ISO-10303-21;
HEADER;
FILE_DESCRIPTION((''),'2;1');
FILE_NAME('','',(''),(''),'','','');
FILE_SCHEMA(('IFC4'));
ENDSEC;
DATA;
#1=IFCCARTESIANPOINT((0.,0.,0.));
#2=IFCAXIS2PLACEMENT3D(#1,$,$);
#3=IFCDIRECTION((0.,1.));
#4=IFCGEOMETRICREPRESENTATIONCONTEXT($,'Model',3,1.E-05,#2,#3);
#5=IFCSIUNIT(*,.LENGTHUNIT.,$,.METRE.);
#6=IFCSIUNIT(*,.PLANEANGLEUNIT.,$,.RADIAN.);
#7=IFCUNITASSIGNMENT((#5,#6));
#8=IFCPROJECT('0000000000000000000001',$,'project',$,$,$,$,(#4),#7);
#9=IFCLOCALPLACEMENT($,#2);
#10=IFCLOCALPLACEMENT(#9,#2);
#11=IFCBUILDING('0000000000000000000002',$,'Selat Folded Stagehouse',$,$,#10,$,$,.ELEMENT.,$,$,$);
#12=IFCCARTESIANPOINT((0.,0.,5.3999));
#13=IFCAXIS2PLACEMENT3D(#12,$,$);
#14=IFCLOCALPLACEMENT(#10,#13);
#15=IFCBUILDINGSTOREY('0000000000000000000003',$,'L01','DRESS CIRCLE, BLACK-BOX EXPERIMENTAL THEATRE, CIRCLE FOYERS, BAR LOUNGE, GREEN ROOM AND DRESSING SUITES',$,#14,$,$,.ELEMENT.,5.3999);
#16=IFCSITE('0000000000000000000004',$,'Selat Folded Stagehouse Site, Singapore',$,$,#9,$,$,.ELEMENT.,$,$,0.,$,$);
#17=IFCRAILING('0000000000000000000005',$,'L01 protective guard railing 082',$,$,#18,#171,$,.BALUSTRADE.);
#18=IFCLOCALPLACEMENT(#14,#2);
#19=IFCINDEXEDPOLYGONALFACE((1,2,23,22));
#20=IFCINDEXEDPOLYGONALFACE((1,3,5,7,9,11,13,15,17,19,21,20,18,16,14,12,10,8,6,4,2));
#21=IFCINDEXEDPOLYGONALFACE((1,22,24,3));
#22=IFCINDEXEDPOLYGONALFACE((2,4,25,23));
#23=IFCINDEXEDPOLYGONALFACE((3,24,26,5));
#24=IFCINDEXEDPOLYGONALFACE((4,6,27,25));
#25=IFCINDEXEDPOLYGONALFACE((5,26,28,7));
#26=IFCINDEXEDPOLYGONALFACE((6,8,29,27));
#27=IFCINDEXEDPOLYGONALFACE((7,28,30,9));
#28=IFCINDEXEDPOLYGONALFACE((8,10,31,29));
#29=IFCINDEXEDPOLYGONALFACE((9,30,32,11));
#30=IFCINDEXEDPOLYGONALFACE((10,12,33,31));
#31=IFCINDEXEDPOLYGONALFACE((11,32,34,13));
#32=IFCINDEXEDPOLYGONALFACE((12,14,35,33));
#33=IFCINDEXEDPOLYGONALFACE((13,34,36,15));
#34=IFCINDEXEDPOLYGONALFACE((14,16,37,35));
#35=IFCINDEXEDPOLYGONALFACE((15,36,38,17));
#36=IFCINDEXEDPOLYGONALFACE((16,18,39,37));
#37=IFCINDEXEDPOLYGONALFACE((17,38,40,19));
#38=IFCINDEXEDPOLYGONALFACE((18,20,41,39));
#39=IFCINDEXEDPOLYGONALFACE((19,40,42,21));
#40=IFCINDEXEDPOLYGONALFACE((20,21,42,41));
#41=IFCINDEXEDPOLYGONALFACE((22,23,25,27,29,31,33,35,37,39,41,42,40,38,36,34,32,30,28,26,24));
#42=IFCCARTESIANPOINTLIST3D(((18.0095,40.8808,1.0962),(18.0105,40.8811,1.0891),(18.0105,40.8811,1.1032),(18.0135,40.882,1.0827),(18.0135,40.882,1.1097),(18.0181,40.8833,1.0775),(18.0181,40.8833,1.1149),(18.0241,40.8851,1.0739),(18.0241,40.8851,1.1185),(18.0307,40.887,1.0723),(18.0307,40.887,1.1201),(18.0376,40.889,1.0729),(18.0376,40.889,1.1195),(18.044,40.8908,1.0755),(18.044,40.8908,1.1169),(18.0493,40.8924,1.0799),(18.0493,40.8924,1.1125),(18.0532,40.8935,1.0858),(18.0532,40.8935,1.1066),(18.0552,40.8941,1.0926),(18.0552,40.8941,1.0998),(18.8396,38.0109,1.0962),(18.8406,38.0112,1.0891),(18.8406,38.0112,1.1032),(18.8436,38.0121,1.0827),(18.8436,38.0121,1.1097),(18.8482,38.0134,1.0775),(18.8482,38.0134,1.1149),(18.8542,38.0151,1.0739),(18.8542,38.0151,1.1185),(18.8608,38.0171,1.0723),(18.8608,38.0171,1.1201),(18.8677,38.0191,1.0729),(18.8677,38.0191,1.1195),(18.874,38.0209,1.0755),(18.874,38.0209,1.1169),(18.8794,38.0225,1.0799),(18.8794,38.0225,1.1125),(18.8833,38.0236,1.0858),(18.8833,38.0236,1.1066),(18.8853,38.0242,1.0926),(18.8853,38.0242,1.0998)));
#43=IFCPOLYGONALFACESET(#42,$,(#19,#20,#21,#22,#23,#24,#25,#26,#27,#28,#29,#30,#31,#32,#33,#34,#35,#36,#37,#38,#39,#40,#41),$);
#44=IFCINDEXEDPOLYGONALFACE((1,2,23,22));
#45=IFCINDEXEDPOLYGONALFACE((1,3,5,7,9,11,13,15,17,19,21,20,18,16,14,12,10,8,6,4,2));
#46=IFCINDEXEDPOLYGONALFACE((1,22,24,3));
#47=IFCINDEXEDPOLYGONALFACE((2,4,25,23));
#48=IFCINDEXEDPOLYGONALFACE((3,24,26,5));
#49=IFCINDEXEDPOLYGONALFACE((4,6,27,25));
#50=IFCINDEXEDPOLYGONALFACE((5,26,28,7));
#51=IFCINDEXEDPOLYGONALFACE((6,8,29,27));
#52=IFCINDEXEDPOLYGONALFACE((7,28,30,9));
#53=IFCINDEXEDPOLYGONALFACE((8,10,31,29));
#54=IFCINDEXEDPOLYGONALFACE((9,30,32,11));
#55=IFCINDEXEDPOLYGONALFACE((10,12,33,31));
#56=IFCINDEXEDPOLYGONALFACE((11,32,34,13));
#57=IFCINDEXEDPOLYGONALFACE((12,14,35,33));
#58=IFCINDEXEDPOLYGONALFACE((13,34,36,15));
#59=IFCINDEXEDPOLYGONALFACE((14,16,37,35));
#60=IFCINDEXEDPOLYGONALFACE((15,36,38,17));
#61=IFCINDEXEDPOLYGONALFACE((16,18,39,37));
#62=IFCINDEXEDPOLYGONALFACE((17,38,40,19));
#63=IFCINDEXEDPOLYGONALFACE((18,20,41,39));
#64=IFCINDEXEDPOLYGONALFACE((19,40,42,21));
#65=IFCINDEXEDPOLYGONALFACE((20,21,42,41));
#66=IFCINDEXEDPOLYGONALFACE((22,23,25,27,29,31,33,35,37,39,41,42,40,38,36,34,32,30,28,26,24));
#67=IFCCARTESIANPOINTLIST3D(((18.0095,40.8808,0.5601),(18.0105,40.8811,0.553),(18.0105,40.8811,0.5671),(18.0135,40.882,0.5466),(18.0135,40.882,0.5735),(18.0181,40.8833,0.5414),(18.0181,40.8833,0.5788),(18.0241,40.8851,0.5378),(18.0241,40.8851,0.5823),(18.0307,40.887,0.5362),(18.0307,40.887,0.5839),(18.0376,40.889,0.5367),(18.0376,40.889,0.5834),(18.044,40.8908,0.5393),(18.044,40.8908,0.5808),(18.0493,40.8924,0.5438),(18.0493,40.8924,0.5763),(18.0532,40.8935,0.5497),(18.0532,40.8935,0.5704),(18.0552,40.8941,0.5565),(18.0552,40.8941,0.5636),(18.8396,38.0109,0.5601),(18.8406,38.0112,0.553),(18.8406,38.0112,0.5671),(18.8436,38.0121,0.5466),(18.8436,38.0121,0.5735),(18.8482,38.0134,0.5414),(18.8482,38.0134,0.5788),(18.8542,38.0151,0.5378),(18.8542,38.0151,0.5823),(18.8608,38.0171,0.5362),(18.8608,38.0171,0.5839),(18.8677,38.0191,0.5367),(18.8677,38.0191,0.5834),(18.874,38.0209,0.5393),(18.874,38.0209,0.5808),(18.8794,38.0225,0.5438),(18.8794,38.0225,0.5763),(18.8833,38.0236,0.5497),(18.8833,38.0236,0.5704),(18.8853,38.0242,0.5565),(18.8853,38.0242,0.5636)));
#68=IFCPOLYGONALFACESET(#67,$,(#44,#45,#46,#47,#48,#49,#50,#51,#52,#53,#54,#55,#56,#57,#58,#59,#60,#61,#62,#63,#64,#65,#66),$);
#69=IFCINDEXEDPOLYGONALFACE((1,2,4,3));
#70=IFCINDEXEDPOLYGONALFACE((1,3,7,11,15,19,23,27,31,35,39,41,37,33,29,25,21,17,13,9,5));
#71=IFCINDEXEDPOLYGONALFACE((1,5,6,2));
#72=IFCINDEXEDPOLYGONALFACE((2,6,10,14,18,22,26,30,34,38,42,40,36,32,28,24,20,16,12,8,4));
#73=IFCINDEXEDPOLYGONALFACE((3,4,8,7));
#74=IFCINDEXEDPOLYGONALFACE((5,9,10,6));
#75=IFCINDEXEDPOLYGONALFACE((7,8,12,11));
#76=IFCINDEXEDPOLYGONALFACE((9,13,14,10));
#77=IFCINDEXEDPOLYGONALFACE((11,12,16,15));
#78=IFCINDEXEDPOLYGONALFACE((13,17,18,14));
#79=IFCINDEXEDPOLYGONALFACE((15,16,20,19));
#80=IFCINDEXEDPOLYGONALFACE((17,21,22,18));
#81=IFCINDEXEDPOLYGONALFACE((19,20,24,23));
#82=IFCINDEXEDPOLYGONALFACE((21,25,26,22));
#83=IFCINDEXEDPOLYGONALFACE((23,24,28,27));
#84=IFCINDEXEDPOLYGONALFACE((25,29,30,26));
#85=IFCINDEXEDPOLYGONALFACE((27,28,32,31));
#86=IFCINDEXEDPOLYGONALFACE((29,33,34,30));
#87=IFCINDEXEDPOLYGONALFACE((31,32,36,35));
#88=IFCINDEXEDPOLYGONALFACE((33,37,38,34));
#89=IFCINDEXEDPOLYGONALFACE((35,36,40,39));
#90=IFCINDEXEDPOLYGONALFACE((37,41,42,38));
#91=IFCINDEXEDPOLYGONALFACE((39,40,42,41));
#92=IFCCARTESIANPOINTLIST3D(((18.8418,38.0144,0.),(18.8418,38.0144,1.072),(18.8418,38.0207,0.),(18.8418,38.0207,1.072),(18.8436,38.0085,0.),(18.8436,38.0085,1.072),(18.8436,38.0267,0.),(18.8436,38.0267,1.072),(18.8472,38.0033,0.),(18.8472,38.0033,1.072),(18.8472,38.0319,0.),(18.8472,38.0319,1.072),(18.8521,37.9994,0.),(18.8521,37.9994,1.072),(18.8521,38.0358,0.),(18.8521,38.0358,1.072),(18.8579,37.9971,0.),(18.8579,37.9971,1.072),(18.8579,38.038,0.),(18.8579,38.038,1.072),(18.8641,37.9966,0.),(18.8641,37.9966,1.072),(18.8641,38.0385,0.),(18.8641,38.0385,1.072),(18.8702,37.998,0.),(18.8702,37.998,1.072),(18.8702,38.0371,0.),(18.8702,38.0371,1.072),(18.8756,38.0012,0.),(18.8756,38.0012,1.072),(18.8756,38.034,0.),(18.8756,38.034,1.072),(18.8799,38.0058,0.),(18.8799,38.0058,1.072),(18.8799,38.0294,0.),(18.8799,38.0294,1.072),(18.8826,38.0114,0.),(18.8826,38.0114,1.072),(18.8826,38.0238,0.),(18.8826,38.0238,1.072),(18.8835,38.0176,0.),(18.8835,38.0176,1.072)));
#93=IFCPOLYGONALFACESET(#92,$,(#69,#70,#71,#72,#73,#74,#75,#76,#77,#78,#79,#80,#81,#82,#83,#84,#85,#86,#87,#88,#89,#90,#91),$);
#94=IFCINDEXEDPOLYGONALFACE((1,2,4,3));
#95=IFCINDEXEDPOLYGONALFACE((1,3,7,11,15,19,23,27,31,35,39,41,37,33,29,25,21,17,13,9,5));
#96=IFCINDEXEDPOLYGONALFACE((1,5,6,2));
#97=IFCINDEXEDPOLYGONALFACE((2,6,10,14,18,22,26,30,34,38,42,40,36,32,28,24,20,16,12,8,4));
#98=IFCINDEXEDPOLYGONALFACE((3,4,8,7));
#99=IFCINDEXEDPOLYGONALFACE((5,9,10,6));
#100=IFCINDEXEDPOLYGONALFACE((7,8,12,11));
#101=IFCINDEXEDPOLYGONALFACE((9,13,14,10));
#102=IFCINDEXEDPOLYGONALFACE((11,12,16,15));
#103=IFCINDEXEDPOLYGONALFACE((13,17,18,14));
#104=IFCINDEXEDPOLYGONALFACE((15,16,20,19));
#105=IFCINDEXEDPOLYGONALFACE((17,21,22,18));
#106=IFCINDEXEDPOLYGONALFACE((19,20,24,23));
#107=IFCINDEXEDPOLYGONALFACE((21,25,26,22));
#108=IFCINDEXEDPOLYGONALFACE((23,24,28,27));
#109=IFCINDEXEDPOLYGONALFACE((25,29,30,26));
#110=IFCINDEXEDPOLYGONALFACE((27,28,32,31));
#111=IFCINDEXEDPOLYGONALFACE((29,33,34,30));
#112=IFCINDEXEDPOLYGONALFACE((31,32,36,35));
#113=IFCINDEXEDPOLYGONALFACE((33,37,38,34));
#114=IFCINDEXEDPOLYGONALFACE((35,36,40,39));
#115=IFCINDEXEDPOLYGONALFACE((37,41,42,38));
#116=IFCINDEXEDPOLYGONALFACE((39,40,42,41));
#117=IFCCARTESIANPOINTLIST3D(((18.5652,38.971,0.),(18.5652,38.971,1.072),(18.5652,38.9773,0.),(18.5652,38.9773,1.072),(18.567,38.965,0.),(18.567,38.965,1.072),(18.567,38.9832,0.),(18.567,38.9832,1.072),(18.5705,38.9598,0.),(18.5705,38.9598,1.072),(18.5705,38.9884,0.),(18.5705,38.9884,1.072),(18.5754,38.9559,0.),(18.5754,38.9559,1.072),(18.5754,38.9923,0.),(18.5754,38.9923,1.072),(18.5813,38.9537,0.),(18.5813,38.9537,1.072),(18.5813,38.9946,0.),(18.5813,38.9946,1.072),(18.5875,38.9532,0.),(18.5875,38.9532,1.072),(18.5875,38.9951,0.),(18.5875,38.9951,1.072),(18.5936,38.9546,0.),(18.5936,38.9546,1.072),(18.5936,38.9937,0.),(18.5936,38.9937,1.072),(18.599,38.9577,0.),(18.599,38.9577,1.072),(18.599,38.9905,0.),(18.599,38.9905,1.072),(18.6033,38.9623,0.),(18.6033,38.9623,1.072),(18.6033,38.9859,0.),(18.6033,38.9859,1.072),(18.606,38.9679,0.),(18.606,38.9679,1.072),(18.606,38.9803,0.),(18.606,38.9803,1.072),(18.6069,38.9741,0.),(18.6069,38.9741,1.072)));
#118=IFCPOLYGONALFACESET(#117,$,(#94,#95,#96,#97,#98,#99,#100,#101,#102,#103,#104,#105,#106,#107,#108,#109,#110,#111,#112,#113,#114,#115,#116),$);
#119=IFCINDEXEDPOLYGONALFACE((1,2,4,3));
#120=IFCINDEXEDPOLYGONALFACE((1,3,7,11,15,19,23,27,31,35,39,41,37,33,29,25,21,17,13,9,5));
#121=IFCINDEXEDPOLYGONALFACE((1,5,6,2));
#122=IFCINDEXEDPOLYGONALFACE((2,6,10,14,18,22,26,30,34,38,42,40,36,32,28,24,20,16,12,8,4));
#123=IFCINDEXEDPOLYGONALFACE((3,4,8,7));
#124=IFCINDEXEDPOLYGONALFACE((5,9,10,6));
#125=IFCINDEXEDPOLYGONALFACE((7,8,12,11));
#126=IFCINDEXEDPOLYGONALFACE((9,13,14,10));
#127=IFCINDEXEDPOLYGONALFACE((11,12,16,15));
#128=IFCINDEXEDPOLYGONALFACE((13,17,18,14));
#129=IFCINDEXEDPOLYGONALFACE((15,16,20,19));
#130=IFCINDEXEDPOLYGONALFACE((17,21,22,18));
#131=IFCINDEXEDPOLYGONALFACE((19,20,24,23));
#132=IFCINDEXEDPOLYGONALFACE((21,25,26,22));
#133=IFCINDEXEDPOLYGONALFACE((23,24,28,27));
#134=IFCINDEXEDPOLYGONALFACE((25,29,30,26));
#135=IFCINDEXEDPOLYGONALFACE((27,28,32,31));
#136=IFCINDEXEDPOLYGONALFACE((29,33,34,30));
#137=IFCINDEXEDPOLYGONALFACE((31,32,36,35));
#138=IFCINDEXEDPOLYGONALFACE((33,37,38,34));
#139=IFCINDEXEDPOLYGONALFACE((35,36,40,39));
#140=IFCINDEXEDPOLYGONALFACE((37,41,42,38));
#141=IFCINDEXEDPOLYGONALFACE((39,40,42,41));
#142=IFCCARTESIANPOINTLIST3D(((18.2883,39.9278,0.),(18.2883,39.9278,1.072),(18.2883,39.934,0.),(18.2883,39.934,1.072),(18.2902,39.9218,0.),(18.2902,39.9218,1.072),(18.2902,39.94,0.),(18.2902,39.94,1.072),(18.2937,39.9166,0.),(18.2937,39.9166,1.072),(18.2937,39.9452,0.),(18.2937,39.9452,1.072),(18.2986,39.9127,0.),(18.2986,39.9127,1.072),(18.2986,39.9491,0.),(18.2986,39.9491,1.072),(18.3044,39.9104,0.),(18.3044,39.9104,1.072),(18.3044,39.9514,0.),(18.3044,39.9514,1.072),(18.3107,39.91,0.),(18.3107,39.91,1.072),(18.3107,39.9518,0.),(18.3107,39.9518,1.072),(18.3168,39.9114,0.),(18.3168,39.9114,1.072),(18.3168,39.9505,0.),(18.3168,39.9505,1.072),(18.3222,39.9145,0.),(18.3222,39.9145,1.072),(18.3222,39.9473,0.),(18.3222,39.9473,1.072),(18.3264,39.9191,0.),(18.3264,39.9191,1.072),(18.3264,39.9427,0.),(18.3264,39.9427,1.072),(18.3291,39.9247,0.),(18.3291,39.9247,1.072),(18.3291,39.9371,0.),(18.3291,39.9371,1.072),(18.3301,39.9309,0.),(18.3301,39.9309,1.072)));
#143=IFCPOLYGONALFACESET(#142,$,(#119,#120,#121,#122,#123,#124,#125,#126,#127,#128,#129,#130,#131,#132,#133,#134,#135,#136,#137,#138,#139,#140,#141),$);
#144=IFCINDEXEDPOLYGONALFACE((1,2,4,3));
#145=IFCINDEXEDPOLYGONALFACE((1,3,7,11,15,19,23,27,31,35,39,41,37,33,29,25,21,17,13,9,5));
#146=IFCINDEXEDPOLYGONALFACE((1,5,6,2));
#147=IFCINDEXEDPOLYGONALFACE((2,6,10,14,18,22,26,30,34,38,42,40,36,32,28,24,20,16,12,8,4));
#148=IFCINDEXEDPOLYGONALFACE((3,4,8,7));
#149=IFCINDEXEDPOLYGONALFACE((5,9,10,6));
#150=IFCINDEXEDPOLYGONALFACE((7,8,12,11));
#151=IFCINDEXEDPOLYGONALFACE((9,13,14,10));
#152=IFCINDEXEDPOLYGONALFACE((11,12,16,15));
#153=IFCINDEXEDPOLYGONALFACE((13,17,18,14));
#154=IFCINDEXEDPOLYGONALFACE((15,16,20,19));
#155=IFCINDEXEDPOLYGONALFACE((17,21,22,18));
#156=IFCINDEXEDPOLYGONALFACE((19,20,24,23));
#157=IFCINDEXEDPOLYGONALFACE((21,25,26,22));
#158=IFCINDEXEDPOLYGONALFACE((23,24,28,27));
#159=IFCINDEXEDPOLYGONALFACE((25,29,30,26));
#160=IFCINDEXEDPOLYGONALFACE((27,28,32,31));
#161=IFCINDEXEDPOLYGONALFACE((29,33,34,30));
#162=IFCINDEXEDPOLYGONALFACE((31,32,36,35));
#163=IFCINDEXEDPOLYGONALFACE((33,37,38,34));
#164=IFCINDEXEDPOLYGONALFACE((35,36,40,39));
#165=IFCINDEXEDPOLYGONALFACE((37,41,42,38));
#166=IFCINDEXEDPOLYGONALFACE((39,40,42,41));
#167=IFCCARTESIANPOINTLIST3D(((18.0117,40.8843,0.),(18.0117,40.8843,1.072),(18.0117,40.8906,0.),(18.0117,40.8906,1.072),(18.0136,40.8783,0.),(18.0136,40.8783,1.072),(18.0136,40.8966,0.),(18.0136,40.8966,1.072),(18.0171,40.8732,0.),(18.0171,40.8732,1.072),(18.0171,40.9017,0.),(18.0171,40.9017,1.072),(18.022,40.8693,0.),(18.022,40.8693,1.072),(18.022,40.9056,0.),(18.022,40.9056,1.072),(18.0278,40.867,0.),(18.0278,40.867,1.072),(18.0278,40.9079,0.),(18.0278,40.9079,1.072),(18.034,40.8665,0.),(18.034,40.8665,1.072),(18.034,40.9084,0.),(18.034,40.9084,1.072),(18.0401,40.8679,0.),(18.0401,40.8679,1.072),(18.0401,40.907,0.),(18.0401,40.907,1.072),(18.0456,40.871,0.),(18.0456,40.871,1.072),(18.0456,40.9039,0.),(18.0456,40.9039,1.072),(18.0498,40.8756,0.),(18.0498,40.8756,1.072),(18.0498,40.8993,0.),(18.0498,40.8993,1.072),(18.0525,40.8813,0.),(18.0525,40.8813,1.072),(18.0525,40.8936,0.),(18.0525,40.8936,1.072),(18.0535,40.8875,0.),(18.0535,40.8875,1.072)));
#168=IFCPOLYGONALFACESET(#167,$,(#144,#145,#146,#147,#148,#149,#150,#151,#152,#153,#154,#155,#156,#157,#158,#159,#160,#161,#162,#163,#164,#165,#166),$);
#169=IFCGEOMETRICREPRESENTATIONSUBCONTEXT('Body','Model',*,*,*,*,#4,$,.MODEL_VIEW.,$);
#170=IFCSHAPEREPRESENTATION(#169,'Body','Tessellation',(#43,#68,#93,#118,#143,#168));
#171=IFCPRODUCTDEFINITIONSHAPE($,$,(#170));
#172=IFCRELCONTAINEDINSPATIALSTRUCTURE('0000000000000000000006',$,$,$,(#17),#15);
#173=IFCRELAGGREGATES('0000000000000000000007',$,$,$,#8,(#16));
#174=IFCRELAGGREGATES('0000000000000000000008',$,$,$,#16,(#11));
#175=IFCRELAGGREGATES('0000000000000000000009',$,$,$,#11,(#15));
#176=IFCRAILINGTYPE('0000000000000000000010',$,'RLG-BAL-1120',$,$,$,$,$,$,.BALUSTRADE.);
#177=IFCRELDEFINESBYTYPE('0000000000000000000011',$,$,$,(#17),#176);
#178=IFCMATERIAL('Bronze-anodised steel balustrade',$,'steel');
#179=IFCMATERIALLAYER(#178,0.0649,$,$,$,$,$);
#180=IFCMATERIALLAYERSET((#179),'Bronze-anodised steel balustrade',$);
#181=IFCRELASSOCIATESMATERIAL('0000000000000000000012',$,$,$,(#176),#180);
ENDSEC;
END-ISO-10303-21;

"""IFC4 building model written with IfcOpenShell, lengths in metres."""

from ifc_helpers import new_model, si_unit, direction, frame, origin, origin_2d, place, context, subcontext, project, spatial, circle, extrude, material, layer, layer_set, type_object, element, save


model = new_model("IFC4")

# Units and contexts
model_context = context("Model", 3, precision=1e-05, world=origin(), true_north=direction((0.0, 1.0)))
body_context = subcontext(model_context, "Body", "Model", "MODEL_VIEW")
ifc_project = project(units=[si_unit("LENGTHUNIT", "METRE"), si_unit("PLANEANGLEUNIT", "RADIAN")], contexts=[model_context])

# Site, building, storey
site_placement = place(None, origin())
site = spatial("IfcSite", under=ifc_project, at=site_placement, Name="Selat Folded Stagehouse Site, Singapore", CompositionType="ELEMENT", RefElevation=0.0)
building_placement = place(site_placement, origin())
building = spatial("IfcBuilding", under=site, at=building_placement, Name="Selat Folded Stagehouse", CompositionType="ELEMENT")
storey_placement = place(building_placement, frame((0.0, 0.0, 5.3999)))
storey = spatial("IfcBuildingStorey", under=building, at=storey_placement, Name="L01", Description="DRESS CIRCLE, BLACK-BOX EXPERIMENTAL THEATRE, CIRCLE FOYERS, BAR LOUNGE, GREEN ROOM AND DRESSING SUITES", CompositionType="ELEMENT", Elevation=5.3999)

# Railing
ifc_material_1 = material(Name="Bronze-anodised steel balustrade", Category="steel")
ifc_layer_1 = layer(ifc_material_1, 0.0649)
ifc_layer_set_1 = layer_set([ifc_layer_1], Name="Bronze-anodised steel balustrade")
railing_type = type_object("IfcRailingType", Name="RLG-BAL-1120", PredefinedType="BALUSTRADE", material=ifc_layer_set_1)
railing_1_placement = place(storey_placement, frame((18.8625, 38.0176, 0.0)))
element("IfcRailing", 1, at=railing_1_placement, inside=storey, type_object=railing_type, Name="L01 protective guard railing 082", PredefinedType="BALUSTRADE", context=body_context, shape_type="SweptSolid", body=[
    extrude(circle(Radius=0.0239, at=origin_2d()), frame((0.0, 0.0, 1.0962), z_axis=(-0.27785, 0.960625, 0.0), x_axis=(-0.960625, -0.27785, 0.0)), (0.0, 0.0, 1.0), 2.9875),
    extrude(circle(Radius=0.0239, at=origin_2d()), frame((0.0, 0.0, 0.5601), z_axis=(-0.27785, 0.960625, 0.0), x_axis=(-0.960625, -0.27785, 0.0)), (0.0, 0.0, 1.0), 2.9875),
    extrude(circle(Radius=0.021, at=origin_2d()), origin(), (0.0, 0.0, 1.0), 1.072),
    extrude(circle(Radius=0.021, at=origin_2d()), frame((-0.2766, 0.9565, 0.0)), (0.0, 0.0, 1.0), 1.072),
    extrude(circle(Radius=0.021, at=origin_2d()), frame((-0.5535, 1.9133, 0.0)), (0.0, 0.0, 1.0), 1.072),
    extrude(circle(Radius=0.021, at=origin_2d()), frame((-0.8301, 2.8699, 0.0)), (0.0, 0.0, 1.0), 1.072),
])

save(model, "model.ifc")
